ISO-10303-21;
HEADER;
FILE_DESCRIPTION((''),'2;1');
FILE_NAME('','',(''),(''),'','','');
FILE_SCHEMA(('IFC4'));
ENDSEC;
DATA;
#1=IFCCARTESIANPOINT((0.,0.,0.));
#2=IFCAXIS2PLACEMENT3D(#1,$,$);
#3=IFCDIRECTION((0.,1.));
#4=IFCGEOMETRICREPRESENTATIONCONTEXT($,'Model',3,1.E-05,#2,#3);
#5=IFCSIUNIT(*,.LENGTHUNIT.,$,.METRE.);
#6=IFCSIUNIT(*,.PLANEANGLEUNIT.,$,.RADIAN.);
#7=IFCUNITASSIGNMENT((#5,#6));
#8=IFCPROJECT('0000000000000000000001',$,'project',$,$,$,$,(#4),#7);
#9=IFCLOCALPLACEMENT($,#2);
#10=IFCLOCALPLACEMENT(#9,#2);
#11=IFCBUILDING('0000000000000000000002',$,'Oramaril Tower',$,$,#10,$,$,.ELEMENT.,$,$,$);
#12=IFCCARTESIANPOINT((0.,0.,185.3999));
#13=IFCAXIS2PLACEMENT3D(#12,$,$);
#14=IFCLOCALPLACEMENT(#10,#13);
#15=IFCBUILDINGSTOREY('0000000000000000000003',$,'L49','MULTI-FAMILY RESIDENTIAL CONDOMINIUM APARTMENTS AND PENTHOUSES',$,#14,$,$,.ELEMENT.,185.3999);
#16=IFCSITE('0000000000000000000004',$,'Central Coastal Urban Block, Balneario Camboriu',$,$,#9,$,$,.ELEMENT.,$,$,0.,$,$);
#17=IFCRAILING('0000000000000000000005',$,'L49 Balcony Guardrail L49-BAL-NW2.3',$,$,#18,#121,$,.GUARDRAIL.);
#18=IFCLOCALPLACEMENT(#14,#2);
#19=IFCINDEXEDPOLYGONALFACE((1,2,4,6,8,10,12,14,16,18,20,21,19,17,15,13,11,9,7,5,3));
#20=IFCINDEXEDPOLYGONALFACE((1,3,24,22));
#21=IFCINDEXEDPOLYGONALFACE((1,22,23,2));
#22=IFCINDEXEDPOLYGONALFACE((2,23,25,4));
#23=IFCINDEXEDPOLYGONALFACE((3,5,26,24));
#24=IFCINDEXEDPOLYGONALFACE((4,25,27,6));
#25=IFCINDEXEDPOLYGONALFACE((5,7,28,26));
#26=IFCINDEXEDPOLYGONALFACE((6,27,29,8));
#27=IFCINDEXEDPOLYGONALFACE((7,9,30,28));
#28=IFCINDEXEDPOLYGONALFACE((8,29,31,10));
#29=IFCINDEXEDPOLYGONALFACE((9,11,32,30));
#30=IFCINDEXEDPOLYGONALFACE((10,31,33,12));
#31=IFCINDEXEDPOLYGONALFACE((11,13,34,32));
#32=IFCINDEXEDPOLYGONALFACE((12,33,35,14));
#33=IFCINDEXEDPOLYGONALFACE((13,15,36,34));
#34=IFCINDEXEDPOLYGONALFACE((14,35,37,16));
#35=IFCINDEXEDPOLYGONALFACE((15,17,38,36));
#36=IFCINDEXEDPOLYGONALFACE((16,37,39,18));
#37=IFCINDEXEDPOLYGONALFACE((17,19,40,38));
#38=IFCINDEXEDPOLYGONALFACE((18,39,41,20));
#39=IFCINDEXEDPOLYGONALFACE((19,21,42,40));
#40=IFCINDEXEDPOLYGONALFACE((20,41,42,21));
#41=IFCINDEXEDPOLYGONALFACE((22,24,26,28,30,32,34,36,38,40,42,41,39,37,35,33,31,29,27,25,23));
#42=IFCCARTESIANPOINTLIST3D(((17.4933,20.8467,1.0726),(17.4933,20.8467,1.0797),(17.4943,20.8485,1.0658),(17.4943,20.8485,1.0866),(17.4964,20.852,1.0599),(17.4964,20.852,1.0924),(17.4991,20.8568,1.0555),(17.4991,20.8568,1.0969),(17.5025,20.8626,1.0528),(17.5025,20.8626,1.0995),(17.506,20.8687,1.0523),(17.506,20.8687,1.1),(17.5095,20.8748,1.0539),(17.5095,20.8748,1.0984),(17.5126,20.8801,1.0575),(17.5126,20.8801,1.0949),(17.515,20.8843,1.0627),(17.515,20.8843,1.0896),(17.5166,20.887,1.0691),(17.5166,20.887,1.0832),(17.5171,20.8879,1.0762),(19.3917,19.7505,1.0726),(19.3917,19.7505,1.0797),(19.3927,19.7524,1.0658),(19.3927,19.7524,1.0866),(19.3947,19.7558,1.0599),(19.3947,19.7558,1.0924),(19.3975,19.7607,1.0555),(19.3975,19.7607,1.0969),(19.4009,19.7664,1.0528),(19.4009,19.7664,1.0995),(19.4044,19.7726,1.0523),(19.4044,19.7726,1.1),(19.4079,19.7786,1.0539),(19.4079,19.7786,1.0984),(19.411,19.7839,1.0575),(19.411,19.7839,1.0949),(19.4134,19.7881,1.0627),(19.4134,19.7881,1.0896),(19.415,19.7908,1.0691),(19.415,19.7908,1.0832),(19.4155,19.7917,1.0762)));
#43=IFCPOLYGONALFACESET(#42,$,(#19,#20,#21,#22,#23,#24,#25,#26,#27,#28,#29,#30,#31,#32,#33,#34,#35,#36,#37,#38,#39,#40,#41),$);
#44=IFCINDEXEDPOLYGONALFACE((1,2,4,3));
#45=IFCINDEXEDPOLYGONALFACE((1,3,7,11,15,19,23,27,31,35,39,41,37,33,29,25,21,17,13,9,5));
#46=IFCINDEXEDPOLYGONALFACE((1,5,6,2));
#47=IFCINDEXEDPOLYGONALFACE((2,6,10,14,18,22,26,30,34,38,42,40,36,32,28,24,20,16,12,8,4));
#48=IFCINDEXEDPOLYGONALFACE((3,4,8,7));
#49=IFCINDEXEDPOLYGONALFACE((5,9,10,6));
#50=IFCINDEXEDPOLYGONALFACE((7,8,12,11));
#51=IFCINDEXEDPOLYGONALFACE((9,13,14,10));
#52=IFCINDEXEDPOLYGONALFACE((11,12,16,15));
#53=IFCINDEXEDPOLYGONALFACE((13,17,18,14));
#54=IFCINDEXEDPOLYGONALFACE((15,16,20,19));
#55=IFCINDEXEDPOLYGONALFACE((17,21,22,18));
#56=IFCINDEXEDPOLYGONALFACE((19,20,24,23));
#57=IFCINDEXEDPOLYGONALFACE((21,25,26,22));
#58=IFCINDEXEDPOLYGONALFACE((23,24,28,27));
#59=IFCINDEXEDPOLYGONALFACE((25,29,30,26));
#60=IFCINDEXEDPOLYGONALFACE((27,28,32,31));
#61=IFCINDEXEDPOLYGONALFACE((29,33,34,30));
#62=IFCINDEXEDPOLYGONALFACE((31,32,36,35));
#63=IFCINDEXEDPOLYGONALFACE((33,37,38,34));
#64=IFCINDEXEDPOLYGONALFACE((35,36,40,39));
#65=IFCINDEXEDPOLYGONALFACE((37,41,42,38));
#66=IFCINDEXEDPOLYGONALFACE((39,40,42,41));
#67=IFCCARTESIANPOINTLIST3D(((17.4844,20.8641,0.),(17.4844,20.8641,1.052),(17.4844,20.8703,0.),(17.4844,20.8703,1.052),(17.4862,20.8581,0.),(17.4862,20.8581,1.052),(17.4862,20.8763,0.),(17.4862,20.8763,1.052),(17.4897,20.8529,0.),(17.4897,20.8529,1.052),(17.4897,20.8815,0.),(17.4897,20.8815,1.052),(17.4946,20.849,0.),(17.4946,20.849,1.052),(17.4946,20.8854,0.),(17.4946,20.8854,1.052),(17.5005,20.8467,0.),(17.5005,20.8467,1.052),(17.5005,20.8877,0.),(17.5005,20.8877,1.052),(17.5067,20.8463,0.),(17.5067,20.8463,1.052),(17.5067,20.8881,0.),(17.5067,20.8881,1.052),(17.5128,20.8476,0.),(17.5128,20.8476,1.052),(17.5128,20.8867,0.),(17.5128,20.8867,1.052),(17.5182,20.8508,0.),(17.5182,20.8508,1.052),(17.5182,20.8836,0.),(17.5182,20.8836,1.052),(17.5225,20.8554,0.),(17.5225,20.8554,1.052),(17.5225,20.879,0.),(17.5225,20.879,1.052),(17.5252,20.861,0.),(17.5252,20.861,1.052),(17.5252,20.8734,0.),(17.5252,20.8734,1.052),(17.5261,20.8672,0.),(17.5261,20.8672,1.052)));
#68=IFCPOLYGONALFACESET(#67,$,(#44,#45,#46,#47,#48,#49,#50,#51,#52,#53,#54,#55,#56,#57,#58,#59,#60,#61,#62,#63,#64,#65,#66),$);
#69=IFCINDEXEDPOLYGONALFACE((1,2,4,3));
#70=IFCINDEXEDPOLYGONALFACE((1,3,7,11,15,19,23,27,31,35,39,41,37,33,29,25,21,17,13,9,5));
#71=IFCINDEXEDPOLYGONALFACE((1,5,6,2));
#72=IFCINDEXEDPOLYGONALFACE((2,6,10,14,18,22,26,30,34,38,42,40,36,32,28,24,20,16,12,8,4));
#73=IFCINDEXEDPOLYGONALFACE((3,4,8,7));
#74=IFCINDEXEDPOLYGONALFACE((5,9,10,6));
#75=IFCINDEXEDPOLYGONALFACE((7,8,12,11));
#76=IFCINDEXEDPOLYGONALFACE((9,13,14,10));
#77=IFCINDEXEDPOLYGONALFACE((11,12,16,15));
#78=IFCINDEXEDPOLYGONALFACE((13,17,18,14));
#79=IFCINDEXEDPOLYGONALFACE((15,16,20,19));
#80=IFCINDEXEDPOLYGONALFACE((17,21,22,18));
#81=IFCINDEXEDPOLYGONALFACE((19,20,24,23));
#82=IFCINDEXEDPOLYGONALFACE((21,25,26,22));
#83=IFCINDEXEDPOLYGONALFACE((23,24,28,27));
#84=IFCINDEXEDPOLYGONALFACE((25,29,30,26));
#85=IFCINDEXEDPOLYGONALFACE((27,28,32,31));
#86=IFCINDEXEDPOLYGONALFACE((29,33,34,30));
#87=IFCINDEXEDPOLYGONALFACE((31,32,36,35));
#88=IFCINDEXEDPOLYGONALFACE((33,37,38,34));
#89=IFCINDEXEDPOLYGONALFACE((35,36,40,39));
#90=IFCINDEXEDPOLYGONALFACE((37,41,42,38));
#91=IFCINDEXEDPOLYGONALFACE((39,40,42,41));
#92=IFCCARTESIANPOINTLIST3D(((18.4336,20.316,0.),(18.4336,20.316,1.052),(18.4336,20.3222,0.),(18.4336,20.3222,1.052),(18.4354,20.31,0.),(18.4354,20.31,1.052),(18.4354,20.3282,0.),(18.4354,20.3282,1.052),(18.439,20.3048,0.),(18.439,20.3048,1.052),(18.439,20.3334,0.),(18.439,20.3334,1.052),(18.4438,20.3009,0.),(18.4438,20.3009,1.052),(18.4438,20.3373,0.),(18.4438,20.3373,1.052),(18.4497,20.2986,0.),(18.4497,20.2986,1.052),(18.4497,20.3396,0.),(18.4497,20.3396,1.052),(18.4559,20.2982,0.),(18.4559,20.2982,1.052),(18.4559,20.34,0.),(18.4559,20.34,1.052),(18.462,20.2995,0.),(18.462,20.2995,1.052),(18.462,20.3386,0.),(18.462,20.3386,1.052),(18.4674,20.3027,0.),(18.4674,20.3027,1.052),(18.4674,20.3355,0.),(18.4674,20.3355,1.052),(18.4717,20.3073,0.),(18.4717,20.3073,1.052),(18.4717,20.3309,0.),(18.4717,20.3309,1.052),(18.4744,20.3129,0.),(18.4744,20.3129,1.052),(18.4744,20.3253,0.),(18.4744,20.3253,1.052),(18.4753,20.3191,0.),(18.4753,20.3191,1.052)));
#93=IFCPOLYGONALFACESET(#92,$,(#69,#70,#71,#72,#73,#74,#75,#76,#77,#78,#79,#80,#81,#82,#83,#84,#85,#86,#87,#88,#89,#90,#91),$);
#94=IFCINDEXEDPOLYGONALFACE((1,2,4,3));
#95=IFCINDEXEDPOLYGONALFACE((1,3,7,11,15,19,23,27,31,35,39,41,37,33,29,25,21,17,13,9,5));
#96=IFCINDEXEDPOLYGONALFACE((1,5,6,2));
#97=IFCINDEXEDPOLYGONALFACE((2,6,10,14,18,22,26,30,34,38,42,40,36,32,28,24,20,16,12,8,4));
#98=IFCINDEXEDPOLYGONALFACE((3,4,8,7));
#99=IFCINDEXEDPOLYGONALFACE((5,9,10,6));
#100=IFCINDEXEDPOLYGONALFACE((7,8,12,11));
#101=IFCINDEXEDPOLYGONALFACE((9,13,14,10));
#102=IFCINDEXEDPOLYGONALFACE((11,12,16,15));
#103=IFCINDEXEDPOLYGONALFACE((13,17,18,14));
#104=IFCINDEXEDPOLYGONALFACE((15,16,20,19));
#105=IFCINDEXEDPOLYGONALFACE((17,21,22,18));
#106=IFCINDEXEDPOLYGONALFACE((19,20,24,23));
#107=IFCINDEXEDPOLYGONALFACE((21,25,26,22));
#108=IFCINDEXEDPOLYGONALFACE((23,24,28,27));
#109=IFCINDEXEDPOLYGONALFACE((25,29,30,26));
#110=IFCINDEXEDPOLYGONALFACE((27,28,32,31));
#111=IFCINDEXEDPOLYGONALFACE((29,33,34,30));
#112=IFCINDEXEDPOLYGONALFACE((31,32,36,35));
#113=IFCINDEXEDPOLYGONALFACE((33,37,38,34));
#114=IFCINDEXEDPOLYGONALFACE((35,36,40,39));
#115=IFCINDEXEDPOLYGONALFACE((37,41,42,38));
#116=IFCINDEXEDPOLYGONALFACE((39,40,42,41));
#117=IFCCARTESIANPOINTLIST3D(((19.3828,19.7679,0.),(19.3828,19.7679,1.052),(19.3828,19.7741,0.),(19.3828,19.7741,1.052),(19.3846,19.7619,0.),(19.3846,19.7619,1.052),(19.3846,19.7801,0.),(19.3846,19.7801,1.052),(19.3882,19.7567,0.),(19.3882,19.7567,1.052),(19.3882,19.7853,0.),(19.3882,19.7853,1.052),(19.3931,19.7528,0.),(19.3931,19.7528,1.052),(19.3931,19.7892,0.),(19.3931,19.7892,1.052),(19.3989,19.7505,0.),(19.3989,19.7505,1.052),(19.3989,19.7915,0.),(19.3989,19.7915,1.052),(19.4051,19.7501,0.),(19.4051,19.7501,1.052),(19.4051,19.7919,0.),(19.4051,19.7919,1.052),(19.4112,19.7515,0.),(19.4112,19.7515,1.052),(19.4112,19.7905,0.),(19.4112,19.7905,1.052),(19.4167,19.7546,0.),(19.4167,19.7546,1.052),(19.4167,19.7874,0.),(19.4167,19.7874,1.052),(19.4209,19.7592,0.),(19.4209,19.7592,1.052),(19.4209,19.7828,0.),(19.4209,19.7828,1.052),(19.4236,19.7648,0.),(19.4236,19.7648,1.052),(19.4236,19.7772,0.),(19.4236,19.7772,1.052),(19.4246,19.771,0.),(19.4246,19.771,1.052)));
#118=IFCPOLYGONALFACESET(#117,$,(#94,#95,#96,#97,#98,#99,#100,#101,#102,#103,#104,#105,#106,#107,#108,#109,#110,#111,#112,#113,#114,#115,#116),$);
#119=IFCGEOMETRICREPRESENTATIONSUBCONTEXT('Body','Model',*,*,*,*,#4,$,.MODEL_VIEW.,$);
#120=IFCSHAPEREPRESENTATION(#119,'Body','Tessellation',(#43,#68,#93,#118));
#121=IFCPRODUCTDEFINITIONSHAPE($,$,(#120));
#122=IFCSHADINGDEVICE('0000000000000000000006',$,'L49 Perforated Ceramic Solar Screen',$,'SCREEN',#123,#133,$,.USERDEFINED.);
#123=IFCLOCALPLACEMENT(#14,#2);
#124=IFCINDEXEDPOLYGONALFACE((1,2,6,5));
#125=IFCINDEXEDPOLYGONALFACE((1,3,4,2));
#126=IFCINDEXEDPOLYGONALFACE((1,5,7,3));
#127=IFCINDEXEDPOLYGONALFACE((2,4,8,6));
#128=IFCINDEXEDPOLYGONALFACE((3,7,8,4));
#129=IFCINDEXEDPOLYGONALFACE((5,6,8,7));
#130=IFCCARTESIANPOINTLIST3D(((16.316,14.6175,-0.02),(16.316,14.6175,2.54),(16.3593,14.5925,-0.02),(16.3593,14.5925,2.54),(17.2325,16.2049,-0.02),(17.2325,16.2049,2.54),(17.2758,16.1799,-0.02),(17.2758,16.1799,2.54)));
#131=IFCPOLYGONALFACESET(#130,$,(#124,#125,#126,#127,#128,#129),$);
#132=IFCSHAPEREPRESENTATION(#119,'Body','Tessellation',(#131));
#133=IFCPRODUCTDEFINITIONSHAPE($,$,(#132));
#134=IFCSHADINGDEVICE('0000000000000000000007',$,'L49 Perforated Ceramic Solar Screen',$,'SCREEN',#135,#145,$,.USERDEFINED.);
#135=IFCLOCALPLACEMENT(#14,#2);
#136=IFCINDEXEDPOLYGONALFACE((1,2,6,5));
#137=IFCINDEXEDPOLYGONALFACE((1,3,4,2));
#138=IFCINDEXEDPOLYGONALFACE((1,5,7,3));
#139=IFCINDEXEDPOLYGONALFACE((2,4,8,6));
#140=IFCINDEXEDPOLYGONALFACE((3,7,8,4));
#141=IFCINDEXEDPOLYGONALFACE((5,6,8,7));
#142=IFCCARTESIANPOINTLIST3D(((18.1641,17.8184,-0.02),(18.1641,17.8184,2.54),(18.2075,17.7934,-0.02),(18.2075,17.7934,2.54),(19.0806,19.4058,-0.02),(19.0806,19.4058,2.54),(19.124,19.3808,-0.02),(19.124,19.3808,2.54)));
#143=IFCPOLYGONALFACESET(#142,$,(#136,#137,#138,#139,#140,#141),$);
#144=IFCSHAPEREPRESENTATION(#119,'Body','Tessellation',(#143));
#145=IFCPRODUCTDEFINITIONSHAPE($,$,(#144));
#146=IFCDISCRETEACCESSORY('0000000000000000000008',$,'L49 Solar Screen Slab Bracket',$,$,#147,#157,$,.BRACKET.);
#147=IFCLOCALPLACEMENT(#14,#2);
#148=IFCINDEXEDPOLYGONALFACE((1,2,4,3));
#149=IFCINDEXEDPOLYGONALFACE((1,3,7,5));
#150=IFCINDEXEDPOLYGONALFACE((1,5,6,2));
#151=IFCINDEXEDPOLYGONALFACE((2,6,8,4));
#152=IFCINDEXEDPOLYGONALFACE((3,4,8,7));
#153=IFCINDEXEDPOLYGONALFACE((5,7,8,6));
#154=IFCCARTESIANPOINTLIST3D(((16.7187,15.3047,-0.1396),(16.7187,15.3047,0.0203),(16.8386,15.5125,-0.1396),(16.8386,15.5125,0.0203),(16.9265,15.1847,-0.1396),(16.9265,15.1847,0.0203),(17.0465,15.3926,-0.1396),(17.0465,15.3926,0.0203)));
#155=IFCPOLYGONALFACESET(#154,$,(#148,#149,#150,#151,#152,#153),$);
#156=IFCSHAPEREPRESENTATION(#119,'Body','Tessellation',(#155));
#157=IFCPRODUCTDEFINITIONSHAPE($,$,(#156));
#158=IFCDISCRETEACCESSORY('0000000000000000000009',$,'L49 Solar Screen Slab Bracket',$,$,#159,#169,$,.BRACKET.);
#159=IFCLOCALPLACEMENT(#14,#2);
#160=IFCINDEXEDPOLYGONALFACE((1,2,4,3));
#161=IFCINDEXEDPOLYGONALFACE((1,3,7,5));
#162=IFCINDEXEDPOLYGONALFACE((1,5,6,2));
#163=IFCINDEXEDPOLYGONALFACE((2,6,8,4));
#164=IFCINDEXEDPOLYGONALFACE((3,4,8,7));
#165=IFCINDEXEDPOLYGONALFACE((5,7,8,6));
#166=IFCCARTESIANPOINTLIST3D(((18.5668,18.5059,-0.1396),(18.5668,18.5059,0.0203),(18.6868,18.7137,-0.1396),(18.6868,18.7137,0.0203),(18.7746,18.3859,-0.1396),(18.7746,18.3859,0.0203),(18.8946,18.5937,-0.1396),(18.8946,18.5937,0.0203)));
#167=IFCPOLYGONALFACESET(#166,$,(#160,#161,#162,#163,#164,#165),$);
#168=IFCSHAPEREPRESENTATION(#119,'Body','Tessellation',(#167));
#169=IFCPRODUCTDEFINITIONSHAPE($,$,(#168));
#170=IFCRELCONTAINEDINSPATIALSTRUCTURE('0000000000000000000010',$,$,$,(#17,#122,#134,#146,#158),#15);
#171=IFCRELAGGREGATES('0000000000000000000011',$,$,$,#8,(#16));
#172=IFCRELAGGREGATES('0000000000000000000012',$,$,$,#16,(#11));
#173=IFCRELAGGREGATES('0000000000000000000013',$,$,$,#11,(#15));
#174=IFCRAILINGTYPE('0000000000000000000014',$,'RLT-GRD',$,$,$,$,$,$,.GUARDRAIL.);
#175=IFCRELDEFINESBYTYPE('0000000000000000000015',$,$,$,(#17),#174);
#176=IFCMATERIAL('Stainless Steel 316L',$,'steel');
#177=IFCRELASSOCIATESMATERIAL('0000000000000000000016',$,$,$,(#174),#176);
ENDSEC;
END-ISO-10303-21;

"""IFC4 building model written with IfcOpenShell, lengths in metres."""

from ifc_helpers import new_model, si_unit, direction, frame, origin, origin_2d, place, context, subcontext, project, spatial, rectangle, circle, extrude, material, type_object, element, save


model = new_model("IFC4")

# Units and contexts
model_context = context("Model", 3, precision=1e-05, world=origin(), true_north=direction((0.0, 1.0)))
body_context = subcontext(model_context, "Body", "Model", "MODEL_VIEW")
ifc_project = project(units=[si_unit("LENGTHUNIT", "METRE"), si_unit("PLANEANGLEUNIT", "RADIAN")], contexts=[model_context])

# Site, building, storey
site_placement = place(None, origin())
site = spatial("IfcSite", under=ifc_project, at=site_placement, Name="Central Coastal Urban Block, Balneario Camboriu", CompositionType="ELEMENT", RefElevation=0.0)
building_placement = place(site_placement, origin())
building = spatial("IfcBuilding", under=site, at=building_placement, Name="Oramaril Tower", CompositionType="ELEMENT")
storey_placement = place(building_placement, frame((0.0, 0.0, 185.3999)))
storey = spatial("IfcBuildingStorey", under=building, at=storey_placement, Name="L49", Description="MULTI-FAMILY RESIDENTIAL CONDOMINIUM APARTMENTS AND PENTHOUSES", CompositionType="ELEMENT", Elevation=185.3999)

# Railing
ifc_material_1 = material(Name="Stainless Steel 316L", Category="steel")
railing_type = type_object("IfcRailingType", Name="RLT-GRD", PredefinedType="GUARDRAIL", material=ifc_material_1)
railing_1_placement = place(storey_placement, frame((17.5051, 20.8672, 0.0)))
element("IfcRailing", 1, at=railing_1_placement, inside=storey, type_object=railing_type, Name="L49 Balcony Guardrail L49-BAL-NW2.3", PredefinedType="GUARDRAIL", context=body_context, shape_type="SweptSolid", body=[
    extrude(circle(Radius=0.0239, at=origin_2d()), frame((0.0, 0.0, 1.0762), z_axis=(0.866, -0.500044, 0.0), x_axis=(0.500044, 0.866, 0.0)), (0.0, 0.0, 1.0), 2.1921),
    extrude(circle(Radius=0.021, at=origin_2d()), origin(), (0.0, 0.0, 1.0), 1.052),
    extrude(circle(Radius=0.021, at=origin_2d()), frame((0.9492, -0.5481, 0.0)), (0.0, 0.0, 1.0), 1.052),
    extrude(circle(Radius=0.021, at=origin_2d()), frame((1.8984, -1.0962, 0.0)), (0.0, 0.0, 1.0), 1.052),
])

# Shading devices
for number, where, z_axis, x_axis, name in (
    (2, (16.7959, 15.3987, -0.02), (0.0, 0.0, 1.0), (-0.5, -0.866025, 0.0), "L49 Perforated Ceramic Solar Screen"),
    (3, (18.644, 18.5996, -0.02), (0.0, 0.0, 1.0), (-0.5, -0.866025, 0.0), "L49 Perforated Ceramic Solar Screen"),
):
    element("IfcShadingDevice", number, at=place(storey_placement, frame(where, z_axis=z_axis, x_axis=x_axis)), inside=storey, Name=name, ObjectType="SCREEN", PredefinedType="USERDEFINED", context=body_context, shape_type="SweptSolid", body=[
        extrude(rectangle(XDim=1.833, YDim=0.05, at=origin_2d()), origin(), (0.0, 0.0, 1.0), 2.5601),
    ])

# Discrete accessories
for number, where, z_axis, x_axis, name in (
    (4, (16.8826, 15.3486, -0.1396), (0.0, 0.0, 1.0), (-0.5, -0.866025, 0.0), "L49 Solar Screen Slab Bracket"),
    (5, (18.7307, 18.5498, -0.1396), (0.0, 0.0, 1.0), (-0.5, -0.866025, 0.0), "L49 Solar Screen Slab Bracket"),
):
    element("IfcDiscreteAccessory", number, at=place(storey_placement, frame(where, z_axis=z_axis, x_axis=x_axis)), inside=storey, Name=name, PredefinedType="BRACKET", context=body_context, shape_type="SweptSolid", body=[
        extrude(rectangle(XDim=0.24, YDim=0.24, at=origin_2d()), origin(), (0.0, 0.0, 1.0), 0.1599),
    ])

save(model, "model.ifc")
